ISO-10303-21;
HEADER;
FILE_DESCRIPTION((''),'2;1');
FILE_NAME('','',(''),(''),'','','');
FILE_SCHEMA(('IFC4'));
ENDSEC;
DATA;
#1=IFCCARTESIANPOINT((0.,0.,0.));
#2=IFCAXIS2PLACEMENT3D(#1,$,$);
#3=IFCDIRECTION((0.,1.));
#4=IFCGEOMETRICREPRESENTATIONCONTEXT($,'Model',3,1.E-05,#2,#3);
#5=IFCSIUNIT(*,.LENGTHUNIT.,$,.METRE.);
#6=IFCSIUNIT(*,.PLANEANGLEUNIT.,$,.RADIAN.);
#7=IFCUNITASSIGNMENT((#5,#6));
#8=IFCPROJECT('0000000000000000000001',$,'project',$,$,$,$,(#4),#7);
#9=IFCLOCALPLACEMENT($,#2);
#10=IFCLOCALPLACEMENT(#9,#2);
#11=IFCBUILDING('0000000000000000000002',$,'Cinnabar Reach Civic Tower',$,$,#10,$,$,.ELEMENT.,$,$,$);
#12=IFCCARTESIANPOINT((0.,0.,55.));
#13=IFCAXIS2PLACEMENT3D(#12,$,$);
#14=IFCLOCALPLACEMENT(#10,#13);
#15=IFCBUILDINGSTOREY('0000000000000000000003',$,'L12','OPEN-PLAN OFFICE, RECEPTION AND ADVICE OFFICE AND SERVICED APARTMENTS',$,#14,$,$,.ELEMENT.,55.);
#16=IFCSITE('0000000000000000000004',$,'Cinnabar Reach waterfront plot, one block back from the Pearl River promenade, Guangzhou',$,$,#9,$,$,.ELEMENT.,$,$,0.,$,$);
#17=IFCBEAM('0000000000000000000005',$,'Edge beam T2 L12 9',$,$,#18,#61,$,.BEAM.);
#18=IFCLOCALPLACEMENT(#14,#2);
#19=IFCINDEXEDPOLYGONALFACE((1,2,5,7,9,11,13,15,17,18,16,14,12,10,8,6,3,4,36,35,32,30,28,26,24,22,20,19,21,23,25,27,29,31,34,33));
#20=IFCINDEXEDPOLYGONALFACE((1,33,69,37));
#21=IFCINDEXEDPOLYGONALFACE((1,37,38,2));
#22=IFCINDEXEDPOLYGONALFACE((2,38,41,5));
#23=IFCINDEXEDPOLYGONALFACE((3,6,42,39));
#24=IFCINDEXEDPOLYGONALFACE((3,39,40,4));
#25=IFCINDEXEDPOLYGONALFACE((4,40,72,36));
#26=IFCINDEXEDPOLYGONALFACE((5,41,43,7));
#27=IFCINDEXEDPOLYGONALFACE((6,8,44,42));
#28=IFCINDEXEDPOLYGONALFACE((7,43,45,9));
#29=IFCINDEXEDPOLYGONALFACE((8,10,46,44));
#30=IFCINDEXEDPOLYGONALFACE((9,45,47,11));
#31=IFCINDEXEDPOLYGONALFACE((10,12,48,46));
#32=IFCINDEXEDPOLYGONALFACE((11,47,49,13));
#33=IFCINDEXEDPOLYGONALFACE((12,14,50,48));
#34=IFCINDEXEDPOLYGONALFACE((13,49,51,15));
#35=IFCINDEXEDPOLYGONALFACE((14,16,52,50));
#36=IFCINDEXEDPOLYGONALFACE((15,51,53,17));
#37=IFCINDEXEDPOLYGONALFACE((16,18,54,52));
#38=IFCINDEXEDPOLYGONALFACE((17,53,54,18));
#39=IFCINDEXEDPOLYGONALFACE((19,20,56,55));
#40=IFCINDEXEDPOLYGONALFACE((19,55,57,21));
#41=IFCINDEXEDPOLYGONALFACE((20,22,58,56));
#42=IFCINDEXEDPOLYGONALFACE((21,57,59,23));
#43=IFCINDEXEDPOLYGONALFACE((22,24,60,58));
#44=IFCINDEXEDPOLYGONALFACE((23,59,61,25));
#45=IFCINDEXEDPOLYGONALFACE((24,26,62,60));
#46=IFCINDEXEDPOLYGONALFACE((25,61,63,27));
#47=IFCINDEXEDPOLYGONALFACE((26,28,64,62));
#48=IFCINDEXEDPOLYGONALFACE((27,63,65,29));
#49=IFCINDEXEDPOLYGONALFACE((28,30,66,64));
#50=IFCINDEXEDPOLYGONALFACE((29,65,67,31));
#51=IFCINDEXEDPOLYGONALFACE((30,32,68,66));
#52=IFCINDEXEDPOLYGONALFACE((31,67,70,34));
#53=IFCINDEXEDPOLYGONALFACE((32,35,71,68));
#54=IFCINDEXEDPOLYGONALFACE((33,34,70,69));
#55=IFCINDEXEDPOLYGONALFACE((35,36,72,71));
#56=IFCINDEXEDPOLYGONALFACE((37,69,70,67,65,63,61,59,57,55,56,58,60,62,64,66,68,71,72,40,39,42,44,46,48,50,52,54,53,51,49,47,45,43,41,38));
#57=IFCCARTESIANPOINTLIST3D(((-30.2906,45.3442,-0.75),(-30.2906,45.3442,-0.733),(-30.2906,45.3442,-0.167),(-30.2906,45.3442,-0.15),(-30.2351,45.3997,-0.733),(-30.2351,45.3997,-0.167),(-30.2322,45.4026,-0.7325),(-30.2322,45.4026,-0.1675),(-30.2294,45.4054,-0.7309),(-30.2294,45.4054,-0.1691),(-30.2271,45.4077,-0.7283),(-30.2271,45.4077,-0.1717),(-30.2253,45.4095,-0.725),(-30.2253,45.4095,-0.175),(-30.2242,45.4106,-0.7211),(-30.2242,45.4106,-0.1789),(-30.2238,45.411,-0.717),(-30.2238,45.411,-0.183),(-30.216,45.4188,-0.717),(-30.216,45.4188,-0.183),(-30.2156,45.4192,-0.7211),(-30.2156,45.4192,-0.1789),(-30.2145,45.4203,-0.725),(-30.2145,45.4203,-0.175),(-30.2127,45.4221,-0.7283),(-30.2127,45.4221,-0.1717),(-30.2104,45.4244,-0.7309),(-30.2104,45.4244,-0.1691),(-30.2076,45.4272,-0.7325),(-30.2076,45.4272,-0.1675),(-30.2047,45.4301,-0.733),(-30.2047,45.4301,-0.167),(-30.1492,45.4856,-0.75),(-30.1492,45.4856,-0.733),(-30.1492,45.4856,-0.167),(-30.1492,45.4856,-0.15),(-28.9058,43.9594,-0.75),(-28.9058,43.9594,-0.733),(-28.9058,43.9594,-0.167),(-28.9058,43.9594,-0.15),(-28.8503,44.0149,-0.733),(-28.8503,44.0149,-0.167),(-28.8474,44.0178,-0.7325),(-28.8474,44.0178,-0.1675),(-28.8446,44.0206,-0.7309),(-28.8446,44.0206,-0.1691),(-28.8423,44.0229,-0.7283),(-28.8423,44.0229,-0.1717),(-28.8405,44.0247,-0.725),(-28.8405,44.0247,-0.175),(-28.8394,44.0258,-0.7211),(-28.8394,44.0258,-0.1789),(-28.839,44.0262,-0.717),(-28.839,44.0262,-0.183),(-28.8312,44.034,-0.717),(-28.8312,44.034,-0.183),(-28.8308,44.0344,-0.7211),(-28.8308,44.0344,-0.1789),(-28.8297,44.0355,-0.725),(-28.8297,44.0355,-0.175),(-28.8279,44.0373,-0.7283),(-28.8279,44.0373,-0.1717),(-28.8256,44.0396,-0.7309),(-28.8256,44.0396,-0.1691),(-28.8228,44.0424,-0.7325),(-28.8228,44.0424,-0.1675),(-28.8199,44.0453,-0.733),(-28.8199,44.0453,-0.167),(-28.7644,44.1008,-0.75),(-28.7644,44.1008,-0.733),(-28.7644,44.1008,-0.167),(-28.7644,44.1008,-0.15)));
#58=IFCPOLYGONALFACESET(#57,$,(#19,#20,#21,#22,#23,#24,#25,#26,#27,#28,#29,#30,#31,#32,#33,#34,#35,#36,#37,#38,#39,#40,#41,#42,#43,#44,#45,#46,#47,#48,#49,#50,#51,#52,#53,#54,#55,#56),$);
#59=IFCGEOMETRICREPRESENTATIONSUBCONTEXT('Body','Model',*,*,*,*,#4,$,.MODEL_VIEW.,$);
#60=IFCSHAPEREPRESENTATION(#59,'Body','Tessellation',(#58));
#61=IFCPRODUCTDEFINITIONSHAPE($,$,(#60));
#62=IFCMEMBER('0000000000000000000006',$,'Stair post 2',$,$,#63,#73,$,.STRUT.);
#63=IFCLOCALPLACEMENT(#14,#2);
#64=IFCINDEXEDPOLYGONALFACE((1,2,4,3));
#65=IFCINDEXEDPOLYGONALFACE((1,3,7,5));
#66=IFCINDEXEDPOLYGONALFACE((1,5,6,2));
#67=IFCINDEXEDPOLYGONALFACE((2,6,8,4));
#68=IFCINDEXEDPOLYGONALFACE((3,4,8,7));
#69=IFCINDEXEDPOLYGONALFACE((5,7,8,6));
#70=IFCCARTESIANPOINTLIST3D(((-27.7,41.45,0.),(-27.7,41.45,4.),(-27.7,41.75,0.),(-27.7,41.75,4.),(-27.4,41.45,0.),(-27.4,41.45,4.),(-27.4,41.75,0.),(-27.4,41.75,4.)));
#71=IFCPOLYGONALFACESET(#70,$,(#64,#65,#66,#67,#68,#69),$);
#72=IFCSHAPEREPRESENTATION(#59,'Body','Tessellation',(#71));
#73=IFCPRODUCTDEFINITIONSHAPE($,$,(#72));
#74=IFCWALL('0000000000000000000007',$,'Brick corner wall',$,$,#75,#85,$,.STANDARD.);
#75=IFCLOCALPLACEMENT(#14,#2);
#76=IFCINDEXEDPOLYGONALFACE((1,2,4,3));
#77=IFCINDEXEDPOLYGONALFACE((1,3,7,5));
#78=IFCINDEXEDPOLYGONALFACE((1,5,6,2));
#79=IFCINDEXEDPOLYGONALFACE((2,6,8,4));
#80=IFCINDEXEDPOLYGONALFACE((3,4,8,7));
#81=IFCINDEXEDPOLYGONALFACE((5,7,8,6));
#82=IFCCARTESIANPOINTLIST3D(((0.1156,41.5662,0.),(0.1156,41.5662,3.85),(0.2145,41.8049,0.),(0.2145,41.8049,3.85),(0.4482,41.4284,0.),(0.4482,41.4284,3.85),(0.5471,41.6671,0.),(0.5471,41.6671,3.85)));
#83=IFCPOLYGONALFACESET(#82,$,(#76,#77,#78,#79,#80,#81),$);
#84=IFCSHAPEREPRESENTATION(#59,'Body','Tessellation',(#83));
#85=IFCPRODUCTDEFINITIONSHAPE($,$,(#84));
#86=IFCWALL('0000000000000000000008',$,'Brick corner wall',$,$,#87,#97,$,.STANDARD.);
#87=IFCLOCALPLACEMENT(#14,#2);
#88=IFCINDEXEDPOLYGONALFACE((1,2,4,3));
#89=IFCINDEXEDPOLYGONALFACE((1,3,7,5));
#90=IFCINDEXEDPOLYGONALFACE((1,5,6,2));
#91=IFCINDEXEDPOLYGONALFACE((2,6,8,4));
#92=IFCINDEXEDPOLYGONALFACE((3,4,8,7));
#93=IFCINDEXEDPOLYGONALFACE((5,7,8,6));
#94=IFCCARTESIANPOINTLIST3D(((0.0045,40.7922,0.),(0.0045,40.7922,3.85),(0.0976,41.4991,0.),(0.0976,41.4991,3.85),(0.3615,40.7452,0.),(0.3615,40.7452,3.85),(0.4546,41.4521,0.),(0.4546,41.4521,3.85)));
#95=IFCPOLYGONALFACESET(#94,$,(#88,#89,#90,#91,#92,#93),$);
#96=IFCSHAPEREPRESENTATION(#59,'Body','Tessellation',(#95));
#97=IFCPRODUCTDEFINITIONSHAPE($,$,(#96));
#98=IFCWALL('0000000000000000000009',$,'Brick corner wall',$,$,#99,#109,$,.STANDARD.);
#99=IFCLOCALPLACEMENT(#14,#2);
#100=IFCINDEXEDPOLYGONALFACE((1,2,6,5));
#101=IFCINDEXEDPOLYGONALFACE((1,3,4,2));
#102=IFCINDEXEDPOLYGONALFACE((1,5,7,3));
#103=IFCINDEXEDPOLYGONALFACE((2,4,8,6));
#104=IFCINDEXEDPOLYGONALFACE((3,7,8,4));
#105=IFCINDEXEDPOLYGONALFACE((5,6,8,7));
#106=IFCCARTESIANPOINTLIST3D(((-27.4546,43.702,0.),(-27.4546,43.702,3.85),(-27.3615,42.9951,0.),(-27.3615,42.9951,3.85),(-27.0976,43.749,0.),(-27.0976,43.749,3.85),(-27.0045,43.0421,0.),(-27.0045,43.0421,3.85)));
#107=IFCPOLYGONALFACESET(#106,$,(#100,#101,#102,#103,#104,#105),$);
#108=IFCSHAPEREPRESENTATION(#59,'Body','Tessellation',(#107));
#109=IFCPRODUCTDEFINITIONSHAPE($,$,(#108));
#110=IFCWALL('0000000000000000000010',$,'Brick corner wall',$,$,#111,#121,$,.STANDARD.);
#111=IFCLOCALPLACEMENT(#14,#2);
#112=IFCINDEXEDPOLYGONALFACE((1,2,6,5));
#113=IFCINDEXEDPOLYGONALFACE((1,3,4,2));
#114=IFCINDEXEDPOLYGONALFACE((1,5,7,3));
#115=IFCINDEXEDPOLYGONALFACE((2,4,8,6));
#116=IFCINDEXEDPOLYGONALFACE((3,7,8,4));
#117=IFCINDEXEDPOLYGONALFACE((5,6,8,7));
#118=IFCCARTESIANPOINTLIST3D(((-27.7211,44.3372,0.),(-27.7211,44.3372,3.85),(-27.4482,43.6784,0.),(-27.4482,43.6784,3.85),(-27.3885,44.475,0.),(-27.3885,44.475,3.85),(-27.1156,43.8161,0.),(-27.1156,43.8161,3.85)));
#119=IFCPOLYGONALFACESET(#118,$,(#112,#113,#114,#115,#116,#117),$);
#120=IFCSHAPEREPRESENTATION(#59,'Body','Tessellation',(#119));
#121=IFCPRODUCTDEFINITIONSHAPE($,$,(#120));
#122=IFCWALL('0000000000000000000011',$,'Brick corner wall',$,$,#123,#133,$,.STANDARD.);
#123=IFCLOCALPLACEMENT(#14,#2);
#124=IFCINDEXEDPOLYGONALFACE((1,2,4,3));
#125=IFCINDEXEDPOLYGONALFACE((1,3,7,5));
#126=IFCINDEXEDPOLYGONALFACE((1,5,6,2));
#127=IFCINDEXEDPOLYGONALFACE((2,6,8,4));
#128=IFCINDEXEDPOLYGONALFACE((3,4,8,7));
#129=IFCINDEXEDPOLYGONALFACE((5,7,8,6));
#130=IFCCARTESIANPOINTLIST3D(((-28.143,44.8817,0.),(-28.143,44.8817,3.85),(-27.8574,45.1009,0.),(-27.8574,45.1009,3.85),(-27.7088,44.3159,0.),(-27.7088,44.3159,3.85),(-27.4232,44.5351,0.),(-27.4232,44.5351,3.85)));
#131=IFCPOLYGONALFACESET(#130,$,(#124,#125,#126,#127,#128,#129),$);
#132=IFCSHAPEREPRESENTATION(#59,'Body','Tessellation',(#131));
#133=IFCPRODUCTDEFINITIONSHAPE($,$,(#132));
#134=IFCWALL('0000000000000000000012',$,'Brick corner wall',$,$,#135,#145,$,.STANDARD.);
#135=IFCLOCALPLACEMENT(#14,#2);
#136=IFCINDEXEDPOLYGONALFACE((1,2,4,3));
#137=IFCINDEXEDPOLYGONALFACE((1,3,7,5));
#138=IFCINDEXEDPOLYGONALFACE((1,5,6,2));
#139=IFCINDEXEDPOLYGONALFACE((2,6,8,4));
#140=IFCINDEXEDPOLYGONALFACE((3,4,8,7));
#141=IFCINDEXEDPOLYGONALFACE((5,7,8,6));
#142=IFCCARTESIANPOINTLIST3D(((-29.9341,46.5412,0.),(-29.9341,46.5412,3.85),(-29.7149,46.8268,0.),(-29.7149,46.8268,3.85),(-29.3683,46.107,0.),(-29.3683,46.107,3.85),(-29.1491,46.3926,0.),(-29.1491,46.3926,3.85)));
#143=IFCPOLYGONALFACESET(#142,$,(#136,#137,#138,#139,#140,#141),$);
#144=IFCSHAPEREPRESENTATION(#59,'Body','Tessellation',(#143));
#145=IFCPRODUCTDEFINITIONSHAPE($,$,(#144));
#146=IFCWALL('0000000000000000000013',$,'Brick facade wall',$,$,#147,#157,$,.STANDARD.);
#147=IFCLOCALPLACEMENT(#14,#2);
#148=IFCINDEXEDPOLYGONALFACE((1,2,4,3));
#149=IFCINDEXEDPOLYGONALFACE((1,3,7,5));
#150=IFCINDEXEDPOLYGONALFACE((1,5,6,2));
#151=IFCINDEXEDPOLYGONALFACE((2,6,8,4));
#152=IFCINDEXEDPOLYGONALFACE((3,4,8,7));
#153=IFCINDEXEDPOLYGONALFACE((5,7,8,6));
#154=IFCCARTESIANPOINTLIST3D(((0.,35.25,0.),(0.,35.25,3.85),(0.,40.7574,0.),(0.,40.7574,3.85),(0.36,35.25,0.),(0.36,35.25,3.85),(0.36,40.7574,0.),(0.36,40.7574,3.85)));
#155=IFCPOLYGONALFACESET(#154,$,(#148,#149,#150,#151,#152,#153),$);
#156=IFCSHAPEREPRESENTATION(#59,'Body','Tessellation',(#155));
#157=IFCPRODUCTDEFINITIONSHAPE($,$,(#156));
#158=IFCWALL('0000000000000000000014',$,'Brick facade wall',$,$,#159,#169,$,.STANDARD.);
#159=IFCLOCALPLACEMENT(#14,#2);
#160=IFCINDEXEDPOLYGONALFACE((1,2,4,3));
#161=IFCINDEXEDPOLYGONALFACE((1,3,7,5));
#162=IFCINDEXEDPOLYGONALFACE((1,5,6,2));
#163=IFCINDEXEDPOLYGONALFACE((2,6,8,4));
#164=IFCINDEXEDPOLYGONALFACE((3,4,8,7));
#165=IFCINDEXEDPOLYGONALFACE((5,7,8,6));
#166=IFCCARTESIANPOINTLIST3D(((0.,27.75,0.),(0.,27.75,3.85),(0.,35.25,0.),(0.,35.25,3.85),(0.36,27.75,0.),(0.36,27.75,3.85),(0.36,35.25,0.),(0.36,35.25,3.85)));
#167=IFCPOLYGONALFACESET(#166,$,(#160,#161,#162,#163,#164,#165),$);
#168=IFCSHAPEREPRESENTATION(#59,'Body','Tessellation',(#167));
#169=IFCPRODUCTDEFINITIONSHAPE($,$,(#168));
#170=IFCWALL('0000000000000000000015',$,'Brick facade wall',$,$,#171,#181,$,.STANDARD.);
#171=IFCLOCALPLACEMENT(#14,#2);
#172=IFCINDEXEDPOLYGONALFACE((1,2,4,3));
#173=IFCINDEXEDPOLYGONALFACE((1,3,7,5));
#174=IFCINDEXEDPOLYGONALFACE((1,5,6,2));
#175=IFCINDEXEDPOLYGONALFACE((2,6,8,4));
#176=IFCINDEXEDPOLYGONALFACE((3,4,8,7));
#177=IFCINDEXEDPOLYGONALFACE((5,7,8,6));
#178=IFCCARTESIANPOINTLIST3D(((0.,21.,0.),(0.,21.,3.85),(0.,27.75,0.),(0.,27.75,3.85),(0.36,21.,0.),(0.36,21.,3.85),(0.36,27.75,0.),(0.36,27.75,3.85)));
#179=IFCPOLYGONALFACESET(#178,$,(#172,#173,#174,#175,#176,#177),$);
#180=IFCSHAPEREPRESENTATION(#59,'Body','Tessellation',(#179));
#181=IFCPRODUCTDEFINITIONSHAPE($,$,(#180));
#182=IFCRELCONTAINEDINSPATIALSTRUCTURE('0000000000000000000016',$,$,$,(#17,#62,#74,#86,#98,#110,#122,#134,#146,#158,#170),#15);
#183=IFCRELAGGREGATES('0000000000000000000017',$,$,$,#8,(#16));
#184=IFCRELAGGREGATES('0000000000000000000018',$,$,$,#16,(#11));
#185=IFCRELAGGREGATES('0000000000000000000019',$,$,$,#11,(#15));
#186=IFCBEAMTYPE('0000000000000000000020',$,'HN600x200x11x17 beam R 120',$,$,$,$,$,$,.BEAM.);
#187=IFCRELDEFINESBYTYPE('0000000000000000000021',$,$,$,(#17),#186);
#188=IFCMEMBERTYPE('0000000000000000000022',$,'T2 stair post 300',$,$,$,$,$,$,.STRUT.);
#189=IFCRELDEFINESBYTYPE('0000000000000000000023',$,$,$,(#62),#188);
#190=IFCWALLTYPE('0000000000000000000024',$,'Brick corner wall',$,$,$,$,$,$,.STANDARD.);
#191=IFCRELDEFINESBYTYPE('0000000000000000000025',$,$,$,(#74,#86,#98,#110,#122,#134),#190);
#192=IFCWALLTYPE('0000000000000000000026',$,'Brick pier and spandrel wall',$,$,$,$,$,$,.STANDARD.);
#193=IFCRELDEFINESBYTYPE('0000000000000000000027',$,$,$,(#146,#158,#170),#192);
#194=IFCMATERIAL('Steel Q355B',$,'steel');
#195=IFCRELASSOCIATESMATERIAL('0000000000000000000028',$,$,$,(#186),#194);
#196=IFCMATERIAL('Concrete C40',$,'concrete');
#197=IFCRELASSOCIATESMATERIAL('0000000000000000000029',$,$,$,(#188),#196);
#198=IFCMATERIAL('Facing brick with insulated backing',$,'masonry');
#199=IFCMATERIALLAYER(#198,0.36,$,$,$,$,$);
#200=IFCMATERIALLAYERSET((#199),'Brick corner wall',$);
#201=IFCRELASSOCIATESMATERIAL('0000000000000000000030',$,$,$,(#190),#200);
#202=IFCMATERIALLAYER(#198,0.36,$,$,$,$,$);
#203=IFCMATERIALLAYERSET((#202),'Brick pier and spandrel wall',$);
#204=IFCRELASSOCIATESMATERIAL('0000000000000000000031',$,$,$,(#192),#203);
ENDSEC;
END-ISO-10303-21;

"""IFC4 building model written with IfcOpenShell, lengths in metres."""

from ifc_helpers import new_model, si_unit, direction, frame, frame_2d, origin, origin_2d, place, context, subcontext, project, spatial, rectangle, i_section, extrude, material, layer, layer_set, material_profile, profile_set, type_object, element, save


model = new_model("IFC4")

# Units and contexts
model_context = context("Model", 3, precision=1e-05, world=origin(), true_north=direction((0.0, 1.0)))
body_context = subcontext(model_context, "Body", "Model", "MODEL_VIEW")
ifc_project = project(units=[si_unit("LENGTHUNIT", "METRE"), si_unit("PLANEANGLEUNIT", "RADIAN")], contexts=[model_context])

# Site, building, storey
site_placement = place(None, origin())
site = spatial("IfcSite", under=ifc_project, at=site_placement, Name="Cinnabar Reach waterfront plot, one block back from the Pearl River promenade, Guangzhou", CompositionType="ELEMENT", RefElevation=0.0)
building_placement = place(site_placement, origin())
building = spatial("IfcBuilding", under=site, at=building_placement, Name="Cinnabar Reach Civic Tower", CompositionType="ELEMENT")
storey_placement = place(building_placement, frame((0.0, 0.0, 55.0)))
storey = spatial("IfcBuildingStorey", under=building, at=storey_placement, Name="L12", Description="OPEN-PLAN OFFICE, RECEPTION AND ADVICE OFFICE AND SERVICED APARTMENTS", CompositionType="ELEMENT", Elevation=55.0)

# Beam
ifc_material_1 = material(Name="Steel Q355B", Category="steel")
ifc_material_profile_1 = material_profile(ifc_material_1, i_section(OverallWidth=0.2, OverallDepth=0.6, WebThickness=0.011, FlangeThickness=0.017, FilletRadius=0.016, at=origin_2d()), Name="HN600x200x11x17")
ifc_profile_set_1 = profile_set([ifc_material_profile_1], Name="Steel Q355B")
beam_type = type_object("IfcBeamType", Name="HN600x200x11x17 beam R 120", PredefinedType="BEAM", material=ifc_profile_set_1)
beam_1_placement = place(storey_placement, frame((-28.8351, 44.0301, -0.45), z_axis=(-0.707107, 0.707107, 0.0), x_axis=(-0.707107, -0.707107, 0.0)))
element("IfcBeam", 1, at=beam_1_placement, inside=storey, type_object=beam_type, Name="Edge beam T2 L12 9", PredefinedType="BEAM", context=body_context, shape_type="SweptSolid", body=[
    extrude(i_section(OverallWidth=0.2, OverallDepth=0.6, WebThickness=0.011, FlangeThickness=0.017, FilletRadius=0.016, at=origin_2d()), origin(), (0.0, 0.0, 1.0), 1.9584),
])

# Member
ifc_material_2 = material(Name="Concrete C40", Category="concrete")
ifc_material_profile_2 = material_profile(ifc_material_2, rectangle(XDim=0.3, YDim=0.3, at=origin_2d()), Name="C300")
ifc_profile_set_2 = profile_set([ifc_material_profile_2], Name="Concrete C40")
member_type = type_object("IfcMemberType", Name="T2 stair post 300", PredefinedType="STRUT", material=ifc_profile_set_2)
member_placement = place(storey_placement, frame((-27.55, 41.6, 0.0), z_axis=(0.0, 0.0, 1.0), x_axis=(1.0, 0.0, 0.0)))
element("IfcMember", 2, at=member_placement, inside=storey, type_object=member_type, Name="Stair post 2", PredefinedType="STRUT", context=body_context, shape_type="SweptSolid", body=[
    extrude(rectangle(XDim=0.3, YDim=0.3, at=origin_2d()), origin(), (0.0, 0.0, 1.0), 4.0),
])

# Walls
ifc_material_3 = material(Name="Facing brick with insulated backing", Category="masonry")
ifc_layer_1 = layer(ifc_material_3, 0.36)
ifc_layer_set_1 = layer_set([ifc_layer_1], Name="Brick corner wall")
wall_type_1 = type_object("IfcWallType", Name="Brick corner wall", PredefinedType="STANDARD", material=ifc_layer_set_1)
wall_1_placement = place(storey_placement, frame((0.3808, 41.736, 0.0), z_axis=(0.0, 0.0, 1.0), x_axis=(-0.382773, -0.923842, 0.0)))
element("IfcWall", 3, at=wall_1_placement, inside=storey, type_object=wall_type_1, Name="Brick corner wall", PredefinedType="STANDARD", context=body_context, shape_type="SweptSolid", body=[
    extrude(rectangle(XDim=0.2584, YDim=0.36, at=frame_2d((0.1292, 0.0))), origin(), (0.0, 0.0, 1.0), 3.85),
])
for number, where, z_axis, x_axis, name in (
    (4, (0.2761, 41.4756, 0.0), (0.0, 0.0, 1.0), (-0.130556, -0.991441, 0.0), "Brick corner wall"),
    (5, (-27.183, 43.0186, 0.0), (0.0, 0.0, 1.0), (-0.130556, 0.991441, 0.0), "Brick corner wall"),
    (6, (-27.2819, 43.7473, 0.0), (0.0, 0.0, 1.0), (-0.382703, 0.923872, 0.0), "Brick corner wall"),
):
    element("IfcWall", number, at=place(storey_placement, frame(where, z_axis=z_axis, x_axis=x_axis)), inside=storey, type_object=wall_type_1, Name=name, PredefinedType="STANDARD", context=body_context, shape_type="SweptSolid", body=[
        extrude(rectangle(XDim=0.7131, YDim=0.36, at=frame_2d((0.3565, 0.0))), origin(), (0.0, 0.0, 1.0), 3.85),
    ])
for number, where, z_axis, x_axis, name in (
    (7, (-27.566, 44.4255, 0.0), (0.0, 0.0, 1.0), (-0.608802, 0.793322, 0.0), "Brick corner wall"),
    (8, (-29.2587, 46.2498, 0.0), (0.0, 0.0, 1.0), (-0.793322, 0.608802, 0.0), "Brick corner wall"),
):
    element("IfcWall", number, at=place(storey_placement, frame(where, z_axis=z_axis, x_axis=x_axis)), inside=storey, type_object=wall_type_1, Name=name, PredefinedType="STANDARD", context=body_context, shape_type="SweptSolid", body=[
        extrude(rectangle(XDim=0.7132, YDim=0.36, at=frame_2d((0.3566, 0.0))), origin(), (0.0, 0.0, 1.0), 3.85),
    ])
ifc_layer_2 = layer(ifc_material_3, 0.36)
ifc_layer_set_2 = layer_set([ifc_layer_2], Name="Brick pier and spandrel wall")
wall_type_2 = type_object("IfcWallType", Name="Brick pier and spandrel wall", PredefinedType="STANDARD", material=ifc_layer_set_2)
wall_2_placement = place(storey_placement, frame((0.18, 40.7574, 0.0), z_axis=(0.0, 0.0, 1.0), x_axis=(0.0, -1.0, 0.0)))
element("IfcWall", 9, at=wall_2_placement, inside=storey, type_object=wall_type_2, Name="Brick facade wall", PredefinedType="STANDARD", context=body_context, shape_type="SweptSolid", body=[
    extrude(rectangle(XDim=5.5074, YDim=0.36, at=frame_2d((2.7537, 0.0))), origin(), (0.0, 0.0, 1.0), 3.85),
])
wall_3_placement = place(storey_placement, frame((0.18, 35.25, 0.0), z_axis=(0.0, 0.0, 1.0), x_axis=(0.0, -1.0, 0.0)))
element("IfcWall", 10, at=wall_3_placement, inside=storey, type_object=wall_type_2, Name="Brick facade wall", PredefinedType="STANDARD", context=body_context, shape_type="SweptSolid", body=[
    extrude(rectangle(XDim=7.5, YDim=0.36, at=frame_2d((3.75, 0.0))), origin(), (0.0, 0.0, 1.0), 3.85),
])
wall_4_placement = place(storey_placement, frame((0.18, 27.75, 0.0), z_axis=(0.0, 0.0, 1.0), x_axis=(0.0, -1.0, 0.0)))
element("IfcWall", 11, at=wall_4_placement, inside=storey, type_object=wall_type_2, Name="Brick facade wall", PredefinedType="STANDARD", context=body_context, shape_type="SweptSolid", body=[
    extrude(rectangle(XDim=6.75, YDim=0.36, at=frame_2d((3.375, 0.0))), origin(), (0.0, 0.0, 1.0), 3.85),
])

save(model, "model.ifc")
